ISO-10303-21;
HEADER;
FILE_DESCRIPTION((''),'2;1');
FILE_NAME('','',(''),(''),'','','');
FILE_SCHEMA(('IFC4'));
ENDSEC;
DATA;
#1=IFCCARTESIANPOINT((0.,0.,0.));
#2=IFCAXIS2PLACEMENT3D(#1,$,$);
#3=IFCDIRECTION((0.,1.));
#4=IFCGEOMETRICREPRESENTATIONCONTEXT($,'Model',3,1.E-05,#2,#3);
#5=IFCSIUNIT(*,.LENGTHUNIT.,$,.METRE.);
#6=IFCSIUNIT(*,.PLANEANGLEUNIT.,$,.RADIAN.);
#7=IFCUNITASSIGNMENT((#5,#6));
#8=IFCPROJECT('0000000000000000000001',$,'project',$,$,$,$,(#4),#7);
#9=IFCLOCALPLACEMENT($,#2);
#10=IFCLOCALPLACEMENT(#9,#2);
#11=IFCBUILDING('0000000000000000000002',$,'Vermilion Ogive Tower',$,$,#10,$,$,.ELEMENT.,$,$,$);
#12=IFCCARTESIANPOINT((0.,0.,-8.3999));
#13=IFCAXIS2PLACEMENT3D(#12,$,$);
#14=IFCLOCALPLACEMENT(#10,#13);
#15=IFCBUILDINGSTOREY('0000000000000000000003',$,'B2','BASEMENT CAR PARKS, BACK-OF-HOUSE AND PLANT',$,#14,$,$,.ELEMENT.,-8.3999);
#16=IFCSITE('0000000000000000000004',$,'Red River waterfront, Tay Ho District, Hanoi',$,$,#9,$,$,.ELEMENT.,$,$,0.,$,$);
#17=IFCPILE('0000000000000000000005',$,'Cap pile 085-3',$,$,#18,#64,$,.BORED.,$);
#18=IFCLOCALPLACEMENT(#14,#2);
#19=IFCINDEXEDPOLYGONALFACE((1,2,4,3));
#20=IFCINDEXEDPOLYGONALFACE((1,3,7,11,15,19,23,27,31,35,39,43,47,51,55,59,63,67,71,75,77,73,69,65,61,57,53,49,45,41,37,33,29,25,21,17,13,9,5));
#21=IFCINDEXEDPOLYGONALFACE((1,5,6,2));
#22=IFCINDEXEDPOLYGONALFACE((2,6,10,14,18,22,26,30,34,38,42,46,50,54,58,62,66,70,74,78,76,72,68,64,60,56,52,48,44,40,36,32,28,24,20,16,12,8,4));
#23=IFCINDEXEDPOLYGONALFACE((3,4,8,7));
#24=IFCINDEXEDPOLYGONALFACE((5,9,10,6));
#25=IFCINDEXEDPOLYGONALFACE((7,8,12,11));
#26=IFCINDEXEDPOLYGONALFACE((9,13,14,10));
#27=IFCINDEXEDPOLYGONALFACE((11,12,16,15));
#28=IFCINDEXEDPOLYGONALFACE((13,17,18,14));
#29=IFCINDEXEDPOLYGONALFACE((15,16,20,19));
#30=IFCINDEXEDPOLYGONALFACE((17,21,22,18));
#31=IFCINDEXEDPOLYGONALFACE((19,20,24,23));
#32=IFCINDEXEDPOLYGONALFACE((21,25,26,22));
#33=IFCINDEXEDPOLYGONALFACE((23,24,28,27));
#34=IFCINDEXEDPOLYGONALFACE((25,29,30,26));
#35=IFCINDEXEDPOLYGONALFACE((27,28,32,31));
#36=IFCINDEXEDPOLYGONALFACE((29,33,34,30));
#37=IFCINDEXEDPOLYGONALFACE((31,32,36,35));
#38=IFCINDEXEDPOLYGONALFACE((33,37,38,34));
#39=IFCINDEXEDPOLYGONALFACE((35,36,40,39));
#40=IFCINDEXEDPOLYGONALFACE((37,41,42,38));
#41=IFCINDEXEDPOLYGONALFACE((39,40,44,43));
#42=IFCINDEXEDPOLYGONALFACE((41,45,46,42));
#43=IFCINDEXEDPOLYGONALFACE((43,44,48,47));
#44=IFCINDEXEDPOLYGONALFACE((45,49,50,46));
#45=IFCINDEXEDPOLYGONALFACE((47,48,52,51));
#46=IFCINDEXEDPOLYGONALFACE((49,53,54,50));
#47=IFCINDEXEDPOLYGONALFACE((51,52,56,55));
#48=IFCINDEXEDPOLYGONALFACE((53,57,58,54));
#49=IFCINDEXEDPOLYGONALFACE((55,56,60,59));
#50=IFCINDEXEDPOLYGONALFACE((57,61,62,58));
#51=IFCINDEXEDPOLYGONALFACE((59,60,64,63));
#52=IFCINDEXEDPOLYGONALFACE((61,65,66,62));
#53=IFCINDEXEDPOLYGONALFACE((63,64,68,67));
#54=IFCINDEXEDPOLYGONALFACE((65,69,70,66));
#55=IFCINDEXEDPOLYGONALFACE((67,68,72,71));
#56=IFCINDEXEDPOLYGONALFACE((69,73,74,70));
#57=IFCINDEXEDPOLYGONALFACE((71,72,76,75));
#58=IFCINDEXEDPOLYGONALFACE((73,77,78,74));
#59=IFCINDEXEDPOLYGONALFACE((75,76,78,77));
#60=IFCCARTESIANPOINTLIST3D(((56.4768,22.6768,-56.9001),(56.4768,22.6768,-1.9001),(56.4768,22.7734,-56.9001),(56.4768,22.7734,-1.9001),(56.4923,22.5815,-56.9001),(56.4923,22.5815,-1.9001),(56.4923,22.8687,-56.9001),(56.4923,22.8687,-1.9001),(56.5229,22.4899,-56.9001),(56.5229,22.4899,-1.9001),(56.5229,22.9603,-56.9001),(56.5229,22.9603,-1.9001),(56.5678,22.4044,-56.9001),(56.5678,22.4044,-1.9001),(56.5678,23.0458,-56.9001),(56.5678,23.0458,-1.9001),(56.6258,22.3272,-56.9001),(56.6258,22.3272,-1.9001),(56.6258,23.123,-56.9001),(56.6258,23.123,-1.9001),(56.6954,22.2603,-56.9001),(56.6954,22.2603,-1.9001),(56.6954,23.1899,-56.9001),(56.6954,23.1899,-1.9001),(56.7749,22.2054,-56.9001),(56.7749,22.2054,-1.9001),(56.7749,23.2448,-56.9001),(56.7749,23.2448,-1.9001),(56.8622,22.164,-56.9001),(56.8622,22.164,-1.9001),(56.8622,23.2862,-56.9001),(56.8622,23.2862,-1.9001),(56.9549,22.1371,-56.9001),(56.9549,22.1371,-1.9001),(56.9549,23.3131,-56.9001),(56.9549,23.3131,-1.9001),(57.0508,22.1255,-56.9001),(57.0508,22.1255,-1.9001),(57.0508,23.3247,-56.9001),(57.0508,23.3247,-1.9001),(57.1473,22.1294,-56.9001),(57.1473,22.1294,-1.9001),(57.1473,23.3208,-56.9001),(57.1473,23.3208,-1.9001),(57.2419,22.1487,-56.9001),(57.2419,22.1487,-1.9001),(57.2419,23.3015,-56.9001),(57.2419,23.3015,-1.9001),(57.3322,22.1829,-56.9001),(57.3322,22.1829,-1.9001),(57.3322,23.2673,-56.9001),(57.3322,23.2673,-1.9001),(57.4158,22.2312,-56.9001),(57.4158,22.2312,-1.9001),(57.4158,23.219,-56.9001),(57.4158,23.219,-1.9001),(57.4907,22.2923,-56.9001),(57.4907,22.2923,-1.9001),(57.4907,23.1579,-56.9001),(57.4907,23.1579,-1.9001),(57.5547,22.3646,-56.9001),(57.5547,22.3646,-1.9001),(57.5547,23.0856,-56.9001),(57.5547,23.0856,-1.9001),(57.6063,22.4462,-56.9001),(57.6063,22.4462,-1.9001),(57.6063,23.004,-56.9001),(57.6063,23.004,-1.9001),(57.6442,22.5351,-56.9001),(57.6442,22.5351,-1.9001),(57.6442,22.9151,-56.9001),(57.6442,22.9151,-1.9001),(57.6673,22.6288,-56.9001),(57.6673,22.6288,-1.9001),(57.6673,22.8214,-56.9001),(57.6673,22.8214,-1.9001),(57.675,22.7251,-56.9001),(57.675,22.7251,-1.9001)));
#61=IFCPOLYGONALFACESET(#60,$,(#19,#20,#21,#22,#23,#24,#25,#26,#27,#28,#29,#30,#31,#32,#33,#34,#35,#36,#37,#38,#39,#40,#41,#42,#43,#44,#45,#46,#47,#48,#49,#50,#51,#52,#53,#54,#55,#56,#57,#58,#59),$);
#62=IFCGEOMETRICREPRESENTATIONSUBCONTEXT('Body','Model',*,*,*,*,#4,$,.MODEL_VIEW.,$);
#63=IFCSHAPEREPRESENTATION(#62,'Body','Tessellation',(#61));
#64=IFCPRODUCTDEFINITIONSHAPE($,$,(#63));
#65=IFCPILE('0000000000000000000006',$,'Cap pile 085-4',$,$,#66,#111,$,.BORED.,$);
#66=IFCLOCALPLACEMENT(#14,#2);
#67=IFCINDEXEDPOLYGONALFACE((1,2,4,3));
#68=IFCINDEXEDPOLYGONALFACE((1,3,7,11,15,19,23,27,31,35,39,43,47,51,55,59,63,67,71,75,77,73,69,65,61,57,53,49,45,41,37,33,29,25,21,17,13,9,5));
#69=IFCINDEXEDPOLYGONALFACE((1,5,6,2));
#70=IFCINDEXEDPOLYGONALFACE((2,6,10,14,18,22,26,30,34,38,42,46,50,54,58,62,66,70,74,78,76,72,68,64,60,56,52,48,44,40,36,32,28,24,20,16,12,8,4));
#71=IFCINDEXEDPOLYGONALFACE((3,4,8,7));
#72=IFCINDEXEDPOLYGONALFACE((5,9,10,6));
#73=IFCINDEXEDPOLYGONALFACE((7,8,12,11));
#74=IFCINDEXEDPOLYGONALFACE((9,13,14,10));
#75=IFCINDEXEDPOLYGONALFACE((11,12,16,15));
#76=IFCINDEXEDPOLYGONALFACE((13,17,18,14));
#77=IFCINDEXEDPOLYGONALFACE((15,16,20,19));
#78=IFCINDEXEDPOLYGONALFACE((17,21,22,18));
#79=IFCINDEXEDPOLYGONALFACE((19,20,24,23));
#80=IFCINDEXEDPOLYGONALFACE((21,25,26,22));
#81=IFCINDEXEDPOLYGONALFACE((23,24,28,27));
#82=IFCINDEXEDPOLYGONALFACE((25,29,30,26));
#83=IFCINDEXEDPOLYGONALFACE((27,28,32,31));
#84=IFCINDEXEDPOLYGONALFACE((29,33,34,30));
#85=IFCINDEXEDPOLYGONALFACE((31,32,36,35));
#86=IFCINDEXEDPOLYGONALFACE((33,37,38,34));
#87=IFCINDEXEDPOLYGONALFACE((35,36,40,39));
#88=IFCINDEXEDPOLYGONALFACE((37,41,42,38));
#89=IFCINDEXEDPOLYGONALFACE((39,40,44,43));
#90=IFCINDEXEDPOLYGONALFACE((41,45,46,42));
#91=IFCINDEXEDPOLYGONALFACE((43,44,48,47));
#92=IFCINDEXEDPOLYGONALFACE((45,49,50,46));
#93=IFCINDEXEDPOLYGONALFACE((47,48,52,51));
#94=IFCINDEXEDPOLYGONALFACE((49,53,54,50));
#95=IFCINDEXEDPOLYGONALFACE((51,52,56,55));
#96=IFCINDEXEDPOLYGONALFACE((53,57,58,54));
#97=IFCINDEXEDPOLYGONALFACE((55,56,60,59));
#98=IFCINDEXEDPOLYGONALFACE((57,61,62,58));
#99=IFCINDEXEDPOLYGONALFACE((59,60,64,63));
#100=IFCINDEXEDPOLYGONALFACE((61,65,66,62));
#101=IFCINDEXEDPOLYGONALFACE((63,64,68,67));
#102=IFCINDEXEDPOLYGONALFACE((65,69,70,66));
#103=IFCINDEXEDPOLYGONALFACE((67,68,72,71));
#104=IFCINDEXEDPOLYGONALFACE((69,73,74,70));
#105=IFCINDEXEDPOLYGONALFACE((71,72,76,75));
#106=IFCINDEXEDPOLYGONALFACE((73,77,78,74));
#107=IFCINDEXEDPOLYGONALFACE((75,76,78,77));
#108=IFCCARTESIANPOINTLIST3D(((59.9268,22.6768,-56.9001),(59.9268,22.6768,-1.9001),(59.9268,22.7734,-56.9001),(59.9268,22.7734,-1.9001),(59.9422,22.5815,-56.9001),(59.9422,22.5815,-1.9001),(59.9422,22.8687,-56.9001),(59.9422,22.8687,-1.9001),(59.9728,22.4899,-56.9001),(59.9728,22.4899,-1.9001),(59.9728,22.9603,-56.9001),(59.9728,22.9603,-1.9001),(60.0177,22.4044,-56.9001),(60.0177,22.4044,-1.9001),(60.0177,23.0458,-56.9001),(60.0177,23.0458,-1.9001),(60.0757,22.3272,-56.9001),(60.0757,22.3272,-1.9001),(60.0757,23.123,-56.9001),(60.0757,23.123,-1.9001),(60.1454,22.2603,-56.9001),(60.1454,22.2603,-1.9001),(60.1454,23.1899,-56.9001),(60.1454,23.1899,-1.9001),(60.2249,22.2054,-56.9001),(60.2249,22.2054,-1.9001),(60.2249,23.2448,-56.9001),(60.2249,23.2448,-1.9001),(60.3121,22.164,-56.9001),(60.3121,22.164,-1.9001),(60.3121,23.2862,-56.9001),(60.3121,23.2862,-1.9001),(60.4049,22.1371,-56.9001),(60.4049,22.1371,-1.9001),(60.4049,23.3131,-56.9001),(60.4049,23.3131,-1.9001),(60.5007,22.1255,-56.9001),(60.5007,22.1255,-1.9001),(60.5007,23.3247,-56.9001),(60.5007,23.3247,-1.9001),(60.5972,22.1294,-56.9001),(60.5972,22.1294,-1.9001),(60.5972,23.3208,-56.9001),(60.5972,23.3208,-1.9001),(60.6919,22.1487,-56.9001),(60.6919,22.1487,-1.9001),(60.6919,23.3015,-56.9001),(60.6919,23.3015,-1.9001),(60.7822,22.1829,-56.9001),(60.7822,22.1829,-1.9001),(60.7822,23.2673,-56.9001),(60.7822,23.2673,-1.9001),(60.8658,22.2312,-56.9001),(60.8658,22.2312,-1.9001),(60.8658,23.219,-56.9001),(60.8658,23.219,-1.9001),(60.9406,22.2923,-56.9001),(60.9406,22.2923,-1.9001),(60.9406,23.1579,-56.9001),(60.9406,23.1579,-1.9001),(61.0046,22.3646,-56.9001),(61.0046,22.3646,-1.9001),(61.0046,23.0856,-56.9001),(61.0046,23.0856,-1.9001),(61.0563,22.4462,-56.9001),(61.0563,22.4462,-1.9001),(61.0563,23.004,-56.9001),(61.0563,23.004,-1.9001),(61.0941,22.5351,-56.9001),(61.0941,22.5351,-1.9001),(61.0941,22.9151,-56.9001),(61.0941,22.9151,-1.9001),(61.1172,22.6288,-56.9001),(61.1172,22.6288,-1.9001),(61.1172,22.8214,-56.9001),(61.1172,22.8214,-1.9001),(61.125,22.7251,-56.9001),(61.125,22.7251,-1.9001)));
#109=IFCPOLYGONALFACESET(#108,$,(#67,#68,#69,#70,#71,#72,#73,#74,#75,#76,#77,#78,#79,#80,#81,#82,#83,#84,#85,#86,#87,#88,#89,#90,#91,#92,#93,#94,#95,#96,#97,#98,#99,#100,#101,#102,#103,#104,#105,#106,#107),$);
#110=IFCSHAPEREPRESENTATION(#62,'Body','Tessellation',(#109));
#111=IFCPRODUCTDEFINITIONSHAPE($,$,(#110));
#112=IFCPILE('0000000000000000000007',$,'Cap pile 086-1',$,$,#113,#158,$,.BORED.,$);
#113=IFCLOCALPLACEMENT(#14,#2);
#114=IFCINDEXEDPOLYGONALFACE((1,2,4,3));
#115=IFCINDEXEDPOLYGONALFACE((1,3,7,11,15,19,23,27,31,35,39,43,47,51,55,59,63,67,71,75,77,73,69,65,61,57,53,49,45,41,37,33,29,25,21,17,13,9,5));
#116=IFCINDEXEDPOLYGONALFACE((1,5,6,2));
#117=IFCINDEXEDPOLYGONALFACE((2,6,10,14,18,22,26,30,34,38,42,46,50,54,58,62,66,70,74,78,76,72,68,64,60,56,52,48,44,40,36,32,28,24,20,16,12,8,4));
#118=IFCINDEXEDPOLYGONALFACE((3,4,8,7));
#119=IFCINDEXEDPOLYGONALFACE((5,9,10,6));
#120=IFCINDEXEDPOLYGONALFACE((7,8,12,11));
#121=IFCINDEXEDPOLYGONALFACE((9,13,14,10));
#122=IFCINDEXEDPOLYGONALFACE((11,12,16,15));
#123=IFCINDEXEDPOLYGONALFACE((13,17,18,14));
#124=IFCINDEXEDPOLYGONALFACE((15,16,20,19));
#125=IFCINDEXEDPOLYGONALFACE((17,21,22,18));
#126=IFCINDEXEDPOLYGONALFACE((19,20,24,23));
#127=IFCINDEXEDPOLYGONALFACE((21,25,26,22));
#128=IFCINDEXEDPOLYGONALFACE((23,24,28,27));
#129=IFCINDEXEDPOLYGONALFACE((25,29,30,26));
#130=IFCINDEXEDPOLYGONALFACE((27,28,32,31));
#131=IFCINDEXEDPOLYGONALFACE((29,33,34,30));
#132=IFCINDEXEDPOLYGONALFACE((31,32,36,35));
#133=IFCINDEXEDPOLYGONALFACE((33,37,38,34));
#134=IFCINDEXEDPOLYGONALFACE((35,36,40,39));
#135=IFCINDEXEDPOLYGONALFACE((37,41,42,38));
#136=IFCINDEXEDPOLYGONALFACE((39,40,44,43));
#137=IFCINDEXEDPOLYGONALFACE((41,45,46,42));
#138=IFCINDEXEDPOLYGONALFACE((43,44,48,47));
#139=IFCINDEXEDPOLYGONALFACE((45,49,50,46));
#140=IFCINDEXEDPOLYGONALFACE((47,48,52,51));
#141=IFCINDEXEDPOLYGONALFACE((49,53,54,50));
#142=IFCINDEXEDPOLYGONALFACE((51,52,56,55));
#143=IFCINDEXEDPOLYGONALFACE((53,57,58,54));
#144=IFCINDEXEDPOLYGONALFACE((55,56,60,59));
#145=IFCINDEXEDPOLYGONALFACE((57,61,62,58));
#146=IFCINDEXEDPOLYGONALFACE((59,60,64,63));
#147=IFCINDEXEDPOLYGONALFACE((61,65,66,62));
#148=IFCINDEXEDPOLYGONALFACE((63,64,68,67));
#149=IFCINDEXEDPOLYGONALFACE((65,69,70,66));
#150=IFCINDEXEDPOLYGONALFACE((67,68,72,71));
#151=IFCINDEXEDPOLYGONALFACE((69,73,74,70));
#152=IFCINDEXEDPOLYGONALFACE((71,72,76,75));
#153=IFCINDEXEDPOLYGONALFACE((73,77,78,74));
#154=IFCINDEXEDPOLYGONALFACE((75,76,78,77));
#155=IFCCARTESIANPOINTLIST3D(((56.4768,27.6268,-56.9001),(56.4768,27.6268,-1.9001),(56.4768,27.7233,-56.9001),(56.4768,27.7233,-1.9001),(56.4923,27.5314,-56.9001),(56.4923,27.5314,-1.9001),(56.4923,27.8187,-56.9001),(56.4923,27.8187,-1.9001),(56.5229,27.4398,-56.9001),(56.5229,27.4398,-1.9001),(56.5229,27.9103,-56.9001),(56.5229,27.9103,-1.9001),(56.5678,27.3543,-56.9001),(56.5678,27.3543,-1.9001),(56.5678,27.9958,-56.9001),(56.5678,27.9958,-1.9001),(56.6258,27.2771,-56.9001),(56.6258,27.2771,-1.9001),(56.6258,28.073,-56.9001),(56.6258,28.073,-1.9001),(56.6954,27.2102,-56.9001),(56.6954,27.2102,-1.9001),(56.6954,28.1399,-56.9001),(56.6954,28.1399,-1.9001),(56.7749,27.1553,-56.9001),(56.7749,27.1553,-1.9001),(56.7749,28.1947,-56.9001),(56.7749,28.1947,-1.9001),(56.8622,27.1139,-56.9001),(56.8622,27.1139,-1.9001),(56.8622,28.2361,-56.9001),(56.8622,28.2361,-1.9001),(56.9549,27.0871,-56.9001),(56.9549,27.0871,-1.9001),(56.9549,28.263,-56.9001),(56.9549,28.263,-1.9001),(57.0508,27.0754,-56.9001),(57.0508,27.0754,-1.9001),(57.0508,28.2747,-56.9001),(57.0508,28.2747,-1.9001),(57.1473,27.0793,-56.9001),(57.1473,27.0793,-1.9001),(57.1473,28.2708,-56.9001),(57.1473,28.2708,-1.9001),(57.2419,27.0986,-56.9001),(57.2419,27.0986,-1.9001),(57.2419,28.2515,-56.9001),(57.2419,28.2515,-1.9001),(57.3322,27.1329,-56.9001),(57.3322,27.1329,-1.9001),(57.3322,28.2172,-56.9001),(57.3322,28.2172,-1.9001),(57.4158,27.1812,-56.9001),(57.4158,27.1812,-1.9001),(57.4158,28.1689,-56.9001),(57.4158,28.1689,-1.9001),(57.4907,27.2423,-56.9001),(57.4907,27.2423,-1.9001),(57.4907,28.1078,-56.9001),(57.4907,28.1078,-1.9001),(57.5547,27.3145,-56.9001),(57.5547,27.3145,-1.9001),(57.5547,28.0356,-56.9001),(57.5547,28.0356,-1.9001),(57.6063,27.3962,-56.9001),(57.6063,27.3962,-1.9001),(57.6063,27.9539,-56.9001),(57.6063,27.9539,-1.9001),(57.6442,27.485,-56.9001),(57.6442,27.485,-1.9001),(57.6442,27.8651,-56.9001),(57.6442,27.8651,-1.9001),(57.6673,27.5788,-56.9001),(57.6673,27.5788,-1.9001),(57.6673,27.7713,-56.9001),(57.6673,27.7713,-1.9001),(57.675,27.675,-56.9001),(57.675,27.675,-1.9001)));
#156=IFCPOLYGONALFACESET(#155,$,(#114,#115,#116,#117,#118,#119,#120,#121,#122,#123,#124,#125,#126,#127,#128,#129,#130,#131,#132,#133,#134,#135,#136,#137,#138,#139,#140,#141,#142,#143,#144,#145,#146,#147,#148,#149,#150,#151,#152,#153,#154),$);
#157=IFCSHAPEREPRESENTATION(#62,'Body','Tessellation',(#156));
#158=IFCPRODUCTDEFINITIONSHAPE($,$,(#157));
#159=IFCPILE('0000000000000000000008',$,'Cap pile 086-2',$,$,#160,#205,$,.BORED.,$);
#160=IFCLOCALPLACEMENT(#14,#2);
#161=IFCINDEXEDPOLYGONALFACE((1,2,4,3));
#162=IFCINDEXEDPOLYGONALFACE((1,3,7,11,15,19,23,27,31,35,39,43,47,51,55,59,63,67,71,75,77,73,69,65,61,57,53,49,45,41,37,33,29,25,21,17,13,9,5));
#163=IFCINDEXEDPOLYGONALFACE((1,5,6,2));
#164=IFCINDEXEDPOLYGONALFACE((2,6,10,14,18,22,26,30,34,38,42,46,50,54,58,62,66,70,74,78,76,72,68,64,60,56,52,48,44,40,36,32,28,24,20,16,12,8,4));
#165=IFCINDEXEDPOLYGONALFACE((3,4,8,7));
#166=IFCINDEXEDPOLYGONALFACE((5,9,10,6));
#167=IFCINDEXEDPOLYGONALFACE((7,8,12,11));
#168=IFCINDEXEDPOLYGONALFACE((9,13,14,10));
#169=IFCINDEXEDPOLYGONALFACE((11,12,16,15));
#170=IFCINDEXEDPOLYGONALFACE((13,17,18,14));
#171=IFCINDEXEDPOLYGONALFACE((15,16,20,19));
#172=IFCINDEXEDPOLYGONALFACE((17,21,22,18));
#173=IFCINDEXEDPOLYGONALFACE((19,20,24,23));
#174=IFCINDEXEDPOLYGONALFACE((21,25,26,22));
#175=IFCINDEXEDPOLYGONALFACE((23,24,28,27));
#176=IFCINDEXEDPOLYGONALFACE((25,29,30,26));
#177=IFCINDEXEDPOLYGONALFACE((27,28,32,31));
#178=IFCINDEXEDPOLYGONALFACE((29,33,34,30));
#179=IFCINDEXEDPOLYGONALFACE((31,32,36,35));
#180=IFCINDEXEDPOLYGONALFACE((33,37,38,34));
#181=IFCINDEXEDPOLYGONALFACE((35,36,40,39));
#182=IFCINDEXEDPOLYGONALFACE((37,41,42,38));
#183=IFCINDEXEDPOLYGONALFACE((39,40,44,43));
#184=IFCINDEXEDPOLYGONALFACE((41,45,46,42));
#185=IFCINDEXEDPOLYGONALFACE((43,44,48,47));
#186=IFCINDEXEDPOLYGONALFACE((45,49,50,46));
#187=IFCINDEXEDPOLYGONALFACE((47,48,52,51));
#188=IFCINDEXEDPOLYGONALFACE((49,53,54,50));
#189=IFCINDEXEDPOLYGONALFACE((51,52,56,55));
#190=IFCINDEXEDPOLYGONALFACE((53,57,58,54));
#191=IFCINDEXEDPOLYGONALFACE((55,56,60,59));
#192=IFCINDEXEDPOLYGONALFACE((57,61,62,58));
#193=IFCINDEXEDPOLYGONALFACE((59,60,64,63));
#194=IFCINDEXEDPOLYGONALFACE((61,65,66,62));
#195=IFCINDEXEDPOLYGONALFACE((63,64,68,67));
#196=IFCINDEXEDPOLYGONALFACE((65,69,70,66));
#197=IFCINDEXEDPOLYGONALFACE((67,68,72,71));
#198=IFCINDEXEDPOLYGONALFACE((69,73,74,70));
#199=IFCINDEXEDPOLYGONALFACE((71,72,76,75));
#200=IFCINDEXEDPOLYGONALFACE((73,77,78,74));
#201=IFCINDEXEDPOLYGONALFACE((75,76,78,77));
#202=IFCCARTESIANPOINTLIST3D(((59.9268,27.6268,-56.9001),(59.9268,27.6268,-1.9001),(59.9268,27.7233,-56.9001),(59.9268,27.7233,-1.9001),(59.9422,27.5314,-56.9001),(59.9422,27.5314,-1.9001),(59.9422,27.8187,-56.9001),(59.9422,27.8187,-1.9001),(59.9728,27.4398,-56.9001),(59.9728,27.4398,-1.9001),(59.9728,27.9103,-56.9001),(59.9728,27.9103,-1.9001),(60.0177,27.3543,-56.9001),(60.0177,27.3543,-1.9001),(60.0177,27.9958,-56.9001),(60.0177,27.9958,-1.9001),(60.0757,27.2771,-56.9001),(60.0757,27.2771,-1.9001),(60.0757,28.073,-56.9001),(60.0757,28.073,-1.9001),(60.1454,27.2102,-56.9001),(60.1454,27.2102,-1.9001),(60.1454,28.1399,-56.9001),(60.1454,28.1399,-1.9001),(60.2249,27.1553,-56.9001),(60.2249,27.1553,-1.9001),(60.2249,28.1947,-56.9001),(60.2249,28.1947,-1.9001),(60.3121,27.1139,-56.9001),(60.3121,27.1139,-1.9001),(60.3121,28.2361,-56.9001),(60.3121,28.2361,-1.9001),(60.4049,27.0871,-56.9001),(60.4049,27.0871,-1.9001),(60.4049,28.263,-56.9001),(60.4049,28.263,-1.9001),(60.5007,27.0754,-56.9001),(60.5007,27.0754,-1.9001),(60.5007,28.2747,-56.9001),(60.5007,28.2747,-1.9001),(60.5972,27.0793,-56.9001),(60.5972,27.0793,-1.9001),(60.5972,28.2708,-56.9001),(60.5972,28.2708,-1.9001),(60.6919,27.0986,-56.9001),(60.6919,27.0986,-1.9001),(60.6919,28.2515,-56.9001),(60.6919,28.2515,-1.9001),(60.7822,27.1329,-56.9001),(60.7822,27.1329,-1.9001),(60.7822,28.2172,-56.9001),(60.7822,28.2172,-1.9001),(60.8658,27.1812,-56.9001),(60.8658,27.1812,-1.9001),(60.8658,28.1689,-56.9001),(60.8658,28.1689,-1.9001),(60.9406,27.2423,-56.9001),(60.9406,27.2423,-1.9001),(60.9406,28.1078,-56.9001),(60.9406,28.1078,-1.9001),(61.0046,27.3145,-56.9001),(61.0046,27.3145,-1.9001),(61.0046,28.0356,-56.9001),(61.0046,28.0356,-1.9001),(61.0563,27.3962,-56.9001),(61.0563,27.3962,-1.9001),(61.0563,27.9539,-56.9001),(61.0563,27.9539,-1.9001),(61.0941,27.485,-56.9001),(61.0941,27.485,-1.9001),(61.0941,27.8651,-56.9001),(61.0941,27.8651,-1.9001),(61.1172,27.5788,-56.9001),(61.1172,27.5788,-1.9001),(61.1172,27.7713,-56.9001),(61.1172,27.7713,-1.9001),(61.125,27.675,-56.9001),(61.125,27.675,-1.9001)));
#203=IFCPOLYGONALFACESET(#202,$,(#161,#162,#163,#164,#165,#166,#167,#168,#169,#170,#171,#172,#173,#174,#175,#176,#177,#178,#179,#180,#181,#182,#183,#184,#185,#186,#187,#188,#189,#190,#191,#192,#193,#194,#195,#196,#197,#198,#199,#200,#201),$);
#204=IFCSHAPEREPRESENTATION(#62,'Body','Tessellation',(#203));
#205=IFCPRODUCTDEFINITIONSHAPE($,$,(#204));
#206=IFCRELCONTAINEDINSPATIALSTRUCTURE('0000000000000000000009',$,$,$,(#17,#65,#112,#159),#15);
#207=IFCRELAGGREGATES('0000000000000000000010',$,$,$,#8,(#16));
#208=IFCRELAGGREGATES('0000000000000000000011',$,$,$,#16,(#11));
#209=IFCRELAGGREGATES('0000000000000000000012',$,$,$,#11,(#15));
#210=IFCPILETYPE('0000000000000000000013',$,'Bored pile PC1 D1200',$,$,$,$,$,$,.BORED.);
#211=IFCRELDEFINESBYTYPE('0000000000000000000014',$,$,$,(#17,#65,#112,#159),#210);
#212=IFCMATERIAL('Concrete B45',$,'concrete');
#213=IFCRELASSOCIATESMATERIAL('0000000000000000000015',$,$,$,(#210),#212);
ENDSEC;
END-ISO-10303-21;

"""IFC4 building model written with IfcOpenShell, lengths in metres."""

from ifc_helpers import new_model, si_unit, direction, frame, origin, origin_2d, place, context, subcontext, project, spatial, circle, extrude, material, type_object, element, save


model = new_model("IFC4")

# Units and contexts
model_context = context("Model", 3, precision=1e-05, world=origin(), true_north=direction((0.0, 1.0)))
body_context = subcontext(model_context, "Body", "Model", "MODEL_VIEW")
ifc_project = project(units=[si_unit("LENGTHUNIT", "METRE"), si_unit("PLANEANGLEUNIT", "RADIAN")], contexts=[model_context])

# Site, building, storey
site_placement = place(None, origin())
site = spatial("IfcSite", under=ifc_project, at=site_placement, Name="Red River waterfront, Tay Ho District, Hanoi", CompositionType="ELEMENT", RefElevation=0.0)
building_placement = place(site_placement, origin())
building = spatial("IfcBuilding", under=site, at=building_placement, Name="Vermilion Ogive Tower", CompositionType="ELEMENT")
storey_placement = place(building_placement, frame((0.0, 0.0, -8.3999)))
storey = spatial("IfcBuildingStorey", under=building, at=storey_placement, Name="B2", Description="BASEMENT CAR PARKS, BACK-OF-HOUSE AND PLANT", CompositionType="ELEMENT", Elevation=-8.3999)

# Piles
ifc_material_1 = material(Name="Concrete B45", Category="concrete")
pile_type = type_object("IfcPileType", Name="Bored pile PC1 D1200", PredefinedType="BORED", material=ifc_material_1)
for number, where, z_axis, x_axis, name in (
    (1, (57.075, 22.7251, -1.9001), (0.0, 0.0, -1.0), (1.0, 0.0, 0.0), "Cap pile 085-3"),
    (2, (60.5249, 22.7251, -1.9001), (0.0, 0.0, -1.0), (1.0, 0.0, 0.0), "Cap pile 085-4"),
    (3, (57.075, 27.675, -1.9001), (0.0, 0.0, -1.0), (1.0, 0.0, 0.0), "Cap pile 086-1"),
    (4, (60.5249, 27.675, -1.9001), (0.0, 0.0, -1.0), (1.0, 0.0, 0.0), "Cap pile 086-2"),
):
    element("IfcPile", number, at=place(storey_placement, frame(where, z_axis=z_axis, x_axis=x_axis)), inside=storey, type_object=pile_type, Name=name, PredefinedType="BORED", context=body_context, shape_type="SweptSolid", body=[
        extrude(circle(Radius=0.6001, at=origin_2d()), origin(), (0.0, 0.0, 1.0), 55.0),
    ])

save(model, "model.ifc")
